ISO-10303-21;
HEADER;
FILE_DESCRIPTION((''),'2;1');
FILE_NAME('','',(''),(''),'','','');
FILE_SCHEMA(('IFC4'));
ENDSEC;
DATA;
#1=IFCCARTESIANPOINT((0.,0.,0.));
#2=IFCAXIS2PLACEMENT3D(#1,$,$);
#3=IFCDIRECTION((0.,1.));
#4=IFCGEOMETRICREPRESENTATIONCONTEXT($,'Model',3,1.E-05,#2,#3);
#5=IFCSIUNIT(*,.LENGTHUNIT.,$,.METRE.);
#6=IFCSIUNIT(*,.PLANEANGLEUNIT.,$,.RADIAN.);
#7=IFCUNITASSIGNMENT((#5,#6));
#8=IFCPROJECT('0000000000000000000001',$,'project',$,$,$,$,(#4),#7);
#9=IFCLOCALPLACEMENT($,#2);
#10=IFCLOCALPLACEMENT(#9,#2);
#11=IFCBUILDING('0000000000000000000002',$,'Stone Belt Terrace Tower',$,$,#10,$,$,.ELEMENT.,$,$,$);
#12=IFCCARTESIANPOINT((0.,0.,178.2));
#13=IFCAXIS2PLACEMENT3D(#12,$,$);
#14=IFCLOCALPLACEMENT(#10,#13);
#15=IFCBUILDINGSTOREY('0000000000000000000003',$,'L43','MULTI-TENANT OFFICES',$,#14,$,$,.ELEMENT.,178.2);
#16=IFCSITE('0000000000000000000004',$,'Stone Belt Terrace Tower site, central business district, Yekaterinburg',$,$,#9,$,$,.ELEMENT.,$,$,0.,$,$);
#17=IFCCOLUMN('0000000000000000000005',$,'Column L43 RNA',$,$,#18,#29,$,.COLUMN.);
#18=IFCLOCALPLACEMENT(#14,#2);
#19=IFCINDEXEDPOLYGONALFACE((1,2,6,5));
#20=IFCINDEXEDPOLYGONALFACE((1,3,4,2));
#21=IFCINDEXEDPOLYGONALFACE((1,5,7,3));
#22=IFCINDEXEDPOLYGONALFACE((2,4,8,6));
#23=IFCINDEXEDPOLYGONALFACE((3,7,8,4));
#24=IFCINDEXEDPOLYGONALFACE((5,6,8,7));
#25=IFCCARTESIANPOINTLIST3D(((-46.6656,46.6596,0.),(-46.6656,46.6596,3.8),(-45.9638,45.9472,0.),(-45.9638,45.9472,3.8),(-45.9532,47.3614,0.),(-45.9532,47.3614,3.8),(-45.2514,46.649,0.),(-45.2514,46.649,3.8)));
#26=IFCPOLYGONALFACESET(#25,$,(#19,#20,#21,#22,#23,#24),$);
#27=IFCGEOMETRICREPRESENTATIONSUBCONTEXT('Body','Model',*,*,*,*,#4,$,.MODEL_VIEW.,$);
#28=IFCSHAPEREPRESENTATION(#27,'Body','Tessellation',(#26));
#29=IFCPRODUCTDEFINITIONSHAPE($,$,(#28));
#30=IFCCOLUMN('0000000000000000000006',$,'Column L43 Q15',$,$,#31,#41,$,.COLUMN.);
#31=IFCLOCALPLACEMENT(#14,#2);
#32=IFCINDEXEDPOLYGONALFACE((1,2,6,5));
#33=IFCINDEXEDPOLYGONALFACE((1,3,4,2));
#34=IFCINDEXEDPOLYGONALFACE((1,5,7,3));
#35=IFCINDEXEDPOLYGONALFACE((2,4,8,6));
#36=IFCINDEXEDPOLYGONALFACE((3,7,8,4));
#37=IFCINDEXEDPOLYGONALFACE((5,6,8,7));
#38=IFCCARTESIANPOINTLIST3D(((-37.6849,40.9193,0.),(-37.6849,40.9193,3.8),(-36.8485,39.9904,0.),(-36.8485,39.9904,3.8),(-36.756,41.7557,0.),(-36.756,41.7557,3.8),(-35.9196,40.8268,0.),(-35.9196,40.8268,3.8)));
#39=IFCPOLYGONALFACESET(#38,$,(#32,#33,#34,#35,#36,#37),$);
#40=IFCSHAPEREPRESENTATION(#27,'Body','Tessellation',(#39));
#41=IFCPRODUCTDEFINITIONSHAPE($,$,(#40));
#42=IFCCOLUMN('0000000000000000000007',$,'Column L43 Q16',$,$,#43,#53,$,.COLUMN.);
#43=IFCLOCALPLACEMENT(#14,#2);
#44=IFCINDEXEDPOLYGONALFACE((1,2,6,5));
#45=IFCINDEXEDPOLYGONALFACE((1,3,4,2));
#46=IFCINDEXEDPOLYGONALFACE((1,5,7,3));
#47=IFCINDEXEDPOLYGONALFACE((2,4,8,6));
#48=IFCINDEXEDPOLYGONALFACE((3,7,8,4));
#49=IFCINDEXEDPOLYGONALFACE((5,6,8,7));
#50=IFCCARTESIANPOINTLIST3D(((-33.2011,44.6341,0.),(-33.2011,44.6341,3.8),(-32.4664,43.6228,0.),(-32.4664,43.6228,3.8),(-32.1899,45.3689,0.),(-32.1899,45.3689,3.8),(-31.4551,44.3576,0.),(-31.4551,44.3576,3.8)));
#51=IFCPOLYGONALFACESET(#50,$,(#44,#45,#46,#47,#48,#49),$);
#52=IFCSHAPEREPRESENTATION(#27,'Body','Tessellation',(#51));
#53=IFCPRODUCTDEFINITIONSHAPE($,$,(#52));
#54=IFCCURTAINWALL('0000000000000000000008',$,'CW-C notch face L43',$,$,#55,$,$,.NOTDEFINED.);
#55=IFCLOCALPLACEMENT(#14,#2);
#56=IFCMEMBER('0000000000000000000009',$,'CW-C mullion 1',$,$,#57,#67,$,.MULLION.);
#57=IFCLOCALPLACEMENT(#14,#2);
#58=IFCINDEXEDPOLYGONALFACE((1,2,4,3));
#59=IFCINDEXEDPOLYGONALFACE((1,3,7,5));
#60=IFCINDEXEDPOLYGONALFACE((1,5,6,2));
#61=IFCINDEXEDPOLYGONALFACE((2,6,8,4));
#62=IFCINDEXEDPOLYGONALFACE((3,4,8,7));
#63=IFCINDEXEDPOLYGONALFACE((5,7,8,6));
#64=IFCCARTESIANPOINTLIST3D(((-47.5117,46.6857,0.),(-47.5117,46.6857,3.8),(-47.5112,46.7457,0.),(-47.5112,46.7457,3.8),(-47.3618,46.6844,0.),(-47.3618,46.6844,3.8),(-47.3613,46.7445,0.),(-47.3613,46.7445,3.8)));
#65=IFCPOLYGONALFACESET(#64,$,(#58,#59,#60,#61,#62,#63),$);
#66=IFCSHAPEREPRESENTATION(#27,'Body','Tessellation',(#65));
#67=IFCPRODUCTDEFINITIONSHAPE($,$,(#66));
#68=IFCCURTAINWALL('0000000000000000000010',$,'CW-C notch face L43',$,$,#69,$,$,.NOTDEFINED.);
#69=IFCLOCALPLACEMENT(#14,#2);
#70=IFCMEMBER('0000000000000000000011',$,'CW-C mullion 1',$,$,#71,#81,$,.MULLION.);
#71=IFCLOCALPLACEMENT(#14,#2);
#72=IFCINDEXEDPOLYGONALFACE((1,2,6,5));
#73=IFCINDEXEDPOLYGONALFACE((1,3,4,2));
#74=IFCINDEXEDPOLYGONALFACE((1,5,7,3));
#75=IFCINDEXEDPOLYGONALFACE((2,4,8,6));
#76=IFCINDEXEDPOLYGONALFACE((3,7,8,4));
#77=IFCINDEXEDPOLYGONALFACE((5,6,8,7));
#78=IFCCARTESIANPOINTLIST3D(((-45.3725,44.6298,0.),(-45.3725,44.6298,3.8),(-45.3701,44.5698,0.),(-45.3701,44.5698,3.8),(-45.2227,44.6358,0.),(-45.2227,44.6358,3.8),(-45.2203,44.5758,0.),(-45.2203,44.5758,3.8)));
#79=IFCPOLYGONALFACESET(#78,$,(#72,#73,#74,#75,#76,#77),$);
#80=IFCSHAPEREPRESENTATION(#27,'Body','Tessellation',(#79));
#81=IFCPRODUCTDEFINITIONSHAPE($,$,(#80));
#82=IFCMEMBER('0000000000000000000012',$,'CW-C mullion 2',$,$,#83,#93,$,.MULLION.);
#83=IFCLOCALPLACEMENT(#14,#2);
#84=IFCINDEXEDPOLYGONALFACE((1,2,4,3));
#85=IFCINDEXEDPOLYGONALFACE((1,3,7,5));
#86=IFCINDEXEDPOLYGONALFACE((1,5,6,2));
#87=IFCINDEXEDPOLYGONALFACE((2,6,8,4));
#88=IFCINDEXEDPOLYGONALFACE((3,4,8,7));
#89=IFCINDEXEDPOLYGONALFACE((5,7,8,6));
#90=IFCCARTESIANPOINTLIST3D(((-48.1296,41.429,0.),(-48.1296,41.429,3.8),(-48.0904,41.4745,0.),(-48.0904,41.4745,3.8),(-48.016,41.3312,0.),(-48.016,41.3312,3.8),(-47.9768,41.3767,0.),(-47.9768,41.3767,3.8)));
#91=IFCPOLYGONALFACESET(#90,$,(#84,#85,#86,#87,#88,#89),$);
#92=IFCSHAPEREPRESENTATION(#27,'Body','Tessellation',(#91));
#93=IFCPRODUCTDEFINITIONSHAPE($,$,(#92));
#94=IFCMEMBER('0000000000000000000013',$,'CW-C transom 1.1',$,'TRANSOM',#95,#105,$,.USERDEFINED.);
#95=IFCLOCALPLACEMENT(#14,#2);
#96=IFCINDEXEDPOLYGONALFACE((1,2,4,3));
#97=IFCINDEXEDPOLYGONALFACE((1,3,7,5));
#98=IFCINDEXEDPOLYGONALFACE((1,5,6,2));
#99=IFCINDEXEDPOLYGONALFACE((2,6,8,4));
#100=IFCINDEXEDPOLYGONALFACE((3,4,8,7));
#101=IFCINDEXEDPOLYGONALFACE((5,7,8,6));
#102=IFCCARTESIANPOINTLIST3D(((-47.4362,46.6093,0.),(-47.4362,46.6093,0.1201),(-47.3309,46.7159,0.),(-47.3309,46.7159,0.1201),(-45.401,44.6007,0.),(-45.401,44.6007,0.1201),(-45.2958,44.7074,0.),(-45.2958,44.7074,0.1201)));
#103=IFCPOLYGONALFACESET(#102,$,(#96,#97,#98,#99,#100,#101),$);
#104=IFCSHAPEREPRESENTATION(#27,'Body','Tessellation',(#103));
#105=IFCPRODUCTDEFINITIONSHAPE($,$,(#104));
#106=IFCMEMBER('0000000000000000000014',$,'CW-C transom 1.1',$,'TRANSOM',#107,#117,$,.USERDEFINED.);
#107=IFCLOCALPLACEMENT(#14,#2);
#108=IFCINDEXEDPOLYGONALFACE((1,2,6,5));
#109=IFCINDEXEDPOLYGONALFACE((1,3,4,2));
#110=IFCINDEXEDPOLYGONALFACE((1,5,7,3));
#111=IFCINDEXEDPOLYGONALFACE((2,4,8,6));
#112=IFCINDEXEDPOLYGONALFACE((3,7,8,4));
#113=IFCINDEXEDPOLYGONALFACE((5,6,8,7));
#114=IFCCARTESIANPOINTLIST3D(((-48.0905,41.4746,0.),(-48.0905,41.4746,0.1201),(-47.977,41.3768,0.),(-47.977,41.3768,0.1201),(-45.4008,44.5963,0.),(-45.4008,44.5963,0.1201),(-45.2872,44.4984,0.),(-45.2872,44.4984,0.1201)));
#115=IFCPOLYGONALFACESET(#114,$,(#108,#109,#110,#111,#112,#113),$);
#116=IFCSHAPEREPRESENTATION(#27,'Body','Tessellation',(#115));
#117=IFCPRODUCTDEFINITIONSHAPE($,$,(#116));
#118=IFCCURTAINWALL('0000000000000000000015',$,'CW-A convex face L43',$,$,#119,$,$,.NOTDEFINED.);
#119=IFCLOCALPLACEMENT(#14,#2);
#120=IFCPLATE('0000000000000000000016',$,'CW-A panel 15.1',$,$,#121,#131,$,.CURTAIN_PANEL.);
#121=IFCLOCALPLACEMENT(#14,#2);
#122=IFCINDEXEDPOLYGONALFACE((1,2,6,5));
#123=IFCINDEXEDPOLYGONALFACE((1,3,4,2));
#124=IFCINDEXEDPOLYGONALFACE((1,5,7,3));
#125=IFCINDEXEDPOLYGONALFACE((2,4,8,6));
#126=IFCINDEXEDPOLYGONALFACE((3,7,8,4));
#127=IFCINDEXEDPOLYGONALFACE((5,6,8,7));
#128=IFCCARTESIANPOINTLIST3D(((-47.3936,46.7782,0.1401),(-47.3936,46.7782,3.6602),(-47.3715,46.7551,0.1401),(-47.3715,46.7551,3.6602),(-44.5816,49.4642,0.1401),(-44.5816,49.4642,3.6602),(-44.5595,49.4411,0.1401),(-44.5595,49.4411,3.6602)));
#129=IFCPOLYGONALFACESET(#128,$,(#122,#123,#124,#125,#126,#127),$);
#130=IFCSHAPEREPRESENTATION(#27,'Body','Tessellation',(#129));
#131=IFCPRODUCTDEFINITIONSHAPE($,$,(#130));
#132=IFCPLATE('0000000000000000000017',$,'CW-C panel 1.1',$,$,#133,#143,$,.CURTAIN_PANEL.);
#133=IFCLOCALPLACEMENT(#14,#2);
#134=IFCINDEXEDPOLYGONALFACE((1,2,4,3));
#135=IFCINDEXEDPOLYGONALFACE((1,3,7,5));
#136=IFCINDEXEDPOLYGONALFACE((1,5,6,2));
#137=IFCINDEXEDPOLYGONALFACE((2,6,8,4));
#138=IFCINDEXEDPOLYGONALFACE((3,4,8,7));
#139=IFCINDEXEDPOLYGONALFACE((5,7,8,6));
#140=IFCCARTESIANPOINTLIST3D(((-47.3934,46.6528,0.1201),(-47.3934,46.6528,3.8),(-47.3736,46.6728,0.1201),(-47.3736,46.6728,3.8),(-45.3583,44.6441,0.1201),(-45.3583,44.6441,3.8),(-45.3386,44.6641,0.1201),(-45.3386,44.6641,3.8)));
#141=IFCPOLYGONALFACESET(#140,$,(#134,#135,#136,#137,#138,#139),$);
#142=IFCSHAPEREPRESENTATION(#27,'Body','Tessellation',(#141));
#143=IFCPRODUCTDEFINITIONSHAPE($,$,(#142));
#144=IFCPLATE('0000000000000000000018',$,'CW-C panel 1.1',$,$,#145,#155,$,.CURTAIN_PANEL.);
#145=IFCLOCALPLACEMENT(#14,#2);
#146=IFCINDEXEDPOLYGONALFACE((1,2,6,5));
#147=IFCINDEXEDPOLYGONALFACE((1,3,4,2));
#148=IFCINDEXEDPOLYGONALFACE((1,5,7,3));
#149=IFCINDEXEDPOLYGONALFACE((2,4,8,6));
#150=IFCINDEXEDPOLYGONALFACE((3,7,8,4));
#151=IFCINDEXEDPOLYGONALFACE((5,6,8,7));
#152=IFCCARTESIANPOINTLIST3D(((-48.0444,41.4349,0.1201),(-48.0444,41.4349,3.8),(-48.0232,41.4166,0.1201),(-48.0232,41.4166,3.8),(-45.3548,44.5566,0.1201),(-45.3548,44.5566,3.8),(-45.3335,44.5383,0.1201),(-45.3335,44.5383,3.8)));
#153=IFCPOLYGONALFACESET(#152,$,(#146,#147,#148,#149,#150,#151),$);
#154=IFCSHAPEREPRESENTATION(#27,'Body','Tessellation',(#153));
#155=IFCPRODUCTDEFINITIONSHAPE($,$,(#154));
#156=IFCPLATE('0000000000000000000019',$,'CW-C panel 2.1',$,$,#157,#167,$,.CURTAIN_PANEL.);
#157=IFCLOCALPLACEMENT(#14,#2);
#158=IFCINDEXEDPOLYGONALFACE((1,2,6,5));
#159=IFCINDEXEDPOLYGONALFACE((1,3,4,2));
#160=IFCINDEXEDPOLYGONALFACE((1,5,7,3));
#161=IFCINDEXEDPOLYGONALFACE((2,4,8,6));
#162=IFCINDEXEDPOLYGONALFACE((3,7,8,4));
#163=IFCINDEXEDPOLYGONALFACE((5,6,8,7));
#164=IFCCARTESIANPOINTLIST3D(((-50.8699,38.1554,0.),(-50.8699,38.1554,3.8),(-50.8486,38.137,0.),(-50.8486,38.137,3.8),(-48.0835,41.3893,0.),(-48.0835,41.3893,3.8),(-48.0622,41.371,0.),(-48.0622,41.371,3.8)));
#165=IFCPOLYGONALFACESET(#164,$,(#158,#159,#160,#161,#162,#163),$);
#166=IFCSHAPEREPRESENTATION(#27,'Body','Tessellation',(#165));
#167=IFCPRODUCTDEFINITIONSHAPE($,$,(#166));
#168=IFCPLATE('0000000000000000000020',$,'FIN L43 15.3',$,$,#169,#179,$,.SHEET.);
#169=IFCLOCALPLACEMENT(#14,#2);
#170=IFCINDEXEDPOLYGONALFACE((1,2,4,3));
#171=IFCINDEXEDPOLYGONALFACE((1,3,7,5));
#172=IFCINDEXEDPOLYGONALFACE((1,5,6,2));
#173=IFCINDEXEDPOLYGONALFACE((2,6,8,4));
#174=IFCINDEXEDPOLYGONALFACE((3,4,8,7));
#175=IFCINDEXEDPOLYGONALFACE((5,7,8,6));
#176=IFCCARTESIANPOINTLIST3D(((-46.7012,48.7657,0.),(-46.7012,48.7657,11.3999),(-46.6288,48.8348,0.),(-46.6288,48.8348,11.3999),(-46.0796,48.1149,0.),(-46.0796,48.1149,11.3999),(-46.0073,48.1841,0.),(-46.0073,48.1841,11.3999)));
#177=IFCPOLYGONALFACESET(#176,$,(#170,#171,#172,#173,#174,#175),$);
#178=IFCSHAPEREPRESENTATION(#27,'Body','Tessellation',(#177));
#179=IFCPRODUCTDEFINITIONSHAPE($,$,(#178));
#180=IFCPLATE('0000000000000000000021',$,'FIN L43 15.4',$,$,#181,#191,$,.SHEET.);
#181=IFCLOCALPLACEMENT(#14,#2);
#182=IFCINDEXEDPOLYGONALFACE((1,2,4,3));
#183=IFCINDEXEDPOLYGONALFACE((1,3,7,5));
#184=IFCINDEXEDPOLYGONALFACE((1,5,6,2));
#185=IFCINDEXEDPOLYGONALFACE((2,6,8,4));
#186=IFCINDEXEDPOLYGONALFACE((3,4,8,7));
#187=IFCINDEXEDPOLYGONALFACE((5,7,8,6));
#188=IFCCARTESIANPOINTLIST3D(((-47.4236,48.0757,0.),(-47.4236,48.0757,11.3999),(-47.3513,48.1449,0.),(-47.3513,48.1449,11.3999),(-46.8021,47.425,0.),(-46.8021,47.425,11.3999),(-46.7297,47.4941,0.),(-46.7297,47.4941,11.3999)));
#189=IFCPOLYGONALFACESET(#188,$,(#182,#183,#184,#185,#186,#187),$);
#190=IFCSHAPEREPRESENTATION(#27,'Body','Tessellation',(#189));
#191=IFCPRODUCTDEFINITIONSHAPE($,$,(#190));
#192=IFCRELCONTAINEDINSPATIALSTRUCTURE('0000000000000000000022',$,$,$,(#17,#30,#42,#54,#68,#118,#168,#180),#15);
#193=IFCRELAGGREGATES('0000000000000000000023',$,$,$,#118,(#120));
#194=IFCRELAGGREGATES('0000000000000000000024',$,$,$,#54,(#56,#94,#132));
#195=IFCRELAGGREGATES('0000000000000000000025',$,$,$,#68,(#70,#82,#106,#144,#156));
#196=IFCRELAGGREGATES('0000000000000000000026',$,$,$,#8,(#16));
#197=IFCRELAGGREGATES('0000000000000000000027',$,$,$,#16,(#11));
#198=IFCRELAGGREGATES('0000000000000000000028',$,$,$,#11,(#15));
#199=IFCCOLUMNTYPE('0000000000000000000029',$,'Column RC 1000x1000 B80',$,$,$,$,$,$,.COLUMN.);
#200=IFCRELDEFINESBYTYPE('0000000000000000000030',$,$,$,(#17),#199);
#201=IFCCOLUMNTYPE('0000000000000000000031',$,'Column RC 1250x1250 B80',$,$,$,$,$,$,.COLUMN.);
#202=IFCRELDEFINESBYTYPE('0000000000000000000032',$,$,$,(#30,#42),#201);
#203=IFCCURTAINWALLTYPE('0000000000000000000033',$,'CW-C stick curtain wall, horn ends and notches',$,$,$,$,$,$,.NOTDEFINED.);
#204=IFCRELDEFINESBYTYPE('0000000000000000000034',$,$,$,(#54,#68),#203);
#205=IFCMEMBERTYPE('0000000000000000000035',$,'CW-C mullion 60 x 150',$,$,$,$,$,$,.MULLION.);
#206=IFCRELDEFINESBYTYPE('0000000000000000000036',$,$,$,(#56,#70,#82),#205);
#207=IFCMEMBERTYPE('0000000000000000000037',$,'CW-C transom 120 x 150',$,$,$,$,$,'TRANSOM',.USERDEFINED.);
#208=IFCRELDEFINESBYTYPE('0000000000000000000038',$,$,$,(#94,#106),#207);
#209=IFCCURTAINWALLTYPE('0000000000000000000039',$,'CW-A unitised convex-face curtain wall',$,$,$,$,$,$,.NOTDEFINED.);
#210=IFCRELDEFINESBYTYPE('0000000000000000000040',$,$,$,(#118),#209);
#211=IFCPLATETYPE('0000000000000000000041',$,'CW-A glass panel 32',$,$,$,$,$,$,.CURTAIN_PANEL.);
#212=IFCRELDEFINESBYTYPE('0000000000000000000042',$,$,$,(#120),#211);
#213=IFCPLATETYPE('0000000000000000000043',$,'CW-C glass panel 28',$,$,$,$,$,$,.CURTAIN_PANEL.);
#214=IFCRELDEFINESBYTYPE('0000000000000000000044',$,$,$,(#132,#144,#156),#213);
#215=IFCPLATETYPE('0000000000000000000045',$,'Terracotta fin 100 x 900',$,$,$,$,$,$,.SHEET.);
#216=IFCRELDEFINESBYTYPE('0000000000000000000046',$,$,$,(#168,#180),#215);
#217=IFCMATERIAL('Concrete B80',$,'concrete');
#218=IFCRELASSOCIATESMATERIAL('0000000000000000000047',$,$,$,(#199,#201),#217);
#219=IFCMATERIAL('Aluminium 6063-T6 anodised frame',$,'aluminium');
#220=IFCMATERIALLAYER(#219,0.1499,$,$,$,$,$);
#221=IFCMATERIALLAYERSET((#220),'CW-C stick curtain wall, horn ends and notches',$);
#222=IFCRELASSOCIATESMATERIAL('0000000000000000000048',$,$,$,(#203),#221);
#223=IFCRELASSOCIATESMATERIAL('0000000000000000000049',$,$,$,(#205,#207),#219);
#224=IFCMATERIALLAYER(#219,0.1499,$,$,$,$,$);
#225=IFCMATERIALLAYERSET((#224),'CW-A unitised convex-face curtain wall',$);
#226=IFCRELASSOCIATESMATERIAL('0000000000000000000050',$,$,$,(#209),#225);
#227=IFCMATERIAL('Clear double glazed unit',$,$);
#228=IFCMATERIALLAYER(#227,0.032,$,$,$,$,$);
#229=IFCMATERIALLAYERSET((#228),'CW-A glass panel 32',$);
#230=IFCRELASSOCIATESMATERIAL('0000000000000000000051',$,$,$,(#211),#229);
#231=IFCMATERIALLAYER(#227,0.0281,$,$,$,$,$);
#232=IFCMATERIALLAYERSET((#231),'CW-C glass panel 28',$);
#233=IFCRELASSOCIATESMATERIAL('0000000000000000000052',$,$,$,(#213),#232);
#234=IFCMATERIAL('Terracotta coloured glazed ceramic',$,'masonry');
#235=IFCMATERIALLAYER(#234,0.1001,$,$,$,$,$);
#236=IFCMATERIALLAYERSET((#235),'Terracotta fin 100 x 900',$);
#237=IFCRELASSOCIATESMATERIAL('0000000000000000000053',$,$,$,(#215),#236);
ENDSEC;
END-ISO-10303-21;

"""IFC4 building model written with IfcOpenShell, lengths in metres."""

from ifc_helpers import new_model, si_unit, direction, frame, origin, origin_2d, place, context, subcontext, project, spatial, rectangle, extrude, material, layer, layer_set, material_profile, profile_set, type_object, element, aggregate, save


model = new_model("IFC4")

# Units and contexts
model_context = context("Model", 3, precision=1e-05, world=origin(), true_north=direction((0.0, 1.0)))
body_context = subcontext(model_context, "Body", "Model", "MODEL_VIEW")
ifc_project = project(units=[si_unit("LENGTHUNIT", "METRE"), si_unit("PLANEANGLEUNIT", "RADIAN")], contexts=[model_context])

# Site, building, storey
site_placement = place(None, origin())
site = spatial("IfcSite", under=ifc_project, at=site_placement, Name="Stone Belt Terrace Tower site, central business district, Yekaterinburg", CompositionType="ELEMENT", RefElevation=0.0)
building_placement = place(site_placement, origin())
building = spatial("IfcBuilding", under=site, at=building_placement, Name="Stone Belt Terrace Tower", CompositionType="ELEMENT")
storey_placement = place(building_placement, frame((0.0, 0.0, 178.2)))
storey = spatial("IfcBuildingStorey", under=building, at=storey_placement, Name="L43", Description="MULTI-TENANT OFFICES", CompositionType="ELEMENT", Elevation=178.2)

# Columns
ifc_material_1 = material(Name="Concrete B80", Category="concrete")
ifc_material_profile_1 = material_profile(ifc_material_1, rectangle(XDim=1.0, YDim=1.0, at=origin_2d()), Name="RC 1000x1000")
ifc_profile_set_1 = profile_set([ifc_material_profile_1], Name="Concrete B80")
column_type_1 = type_object("IfcColumnType", Name="Column RC 1000x1000 B80", PredefinedType="COLUMN", material=ifc_profile_set_1)
column_placement = place(storey_placement, frame((-45.9585, 46.6543, 0.0), z_axis=(0.0, 0.0, 1.0), x_axis=(0.712398, 0.701775, 0.0)))
element("IfcColumn", 1, at=column_placement, inside=storey, type_object=column_type_1, Name="Column L43 RNA", PredefinedType="COLUMN", context=body_context, shape_type="SweptSolid", body=[
    extrude(rectangle(XDim=1.0, YDim=1.0, at=origin_2d()), origin(), (0.0, 0.0, 1.0), 3.8),
])
ifc_material_profile_2 = material_profile(ifc_material_1, rectangle(XDim=1.25, YDim=1.25, at=origin_2d()), Name="RC 1250x1250")
ifc_profile_set_2 = profile_set([ifc_material_profile_2], Name="Concrete B80")
column_type_2 = type_object("IfcColumnType", Name="Column RC 1250x1250 B80", PredefinedType="COLUMN", material=ifc_profile_set_2)
for number, where, z_axis, x_axis, name in (
    (2, (-36.8022, 40.873, 0.0), (0.0, 0.0, 1.0), (0.743145, 0.669131, 0.0), "Column L43 Q15"),
    (3, (-32.3281, 44.4958, 0.0), (0.0, 0.0, 1.0), (0.809017, 0.587785, 0.0), "Column L43 Q16"),
):
    element("IfcColumn", number, at=place(storey_placement, frame(where, z_axis=z_axis, x_axis=x_axis)), inside=storey, type_object=column_type_2, Name=name, PredefinedType="COLUMN", context=body_context, shape_type="SweptSolid", body=[
        extrude(rectangle(XDim=1.25, YDim=1.25, at=origin_2d()), origin(), (0.0, 0.0, 1.0), 3.8),
    ])

# Curtain wall, member
ifc_material_2 = material(Name="Aluminium 6063-T6 anodised frame", Category="aluminium")
ifc_layer_1 = layer(ifc_material_2, 0.1499)
ifc_layer_set_1 = layer_set([ifc_layer_1], Name="CW-C stick curtain wall, horn ends and notches")
curtain_wall_type_1 = type_object("IfcCurtainWallType", Name="CW-C stick curtain wall, horn ends and notches", PredefinedType="NOTDEFINED", material=ifc_layer_set_1)
curtain_wall_1_placement = place(storey_placement, origin())
curtain_wall_1 = element("IfcCurtainWall", 4, at=curtain_wall_1_placement, inside=storey, type_object=curtain_wall_type_1, Name="CW-C notch face L43", PredefinedType="NOTDEFINED")
ifc_material_profile_3 = material_profile(ifc_material_2, rectangle(XDim=0.1499, YDim=0.0601, at=origin_2d()), Name="Aluminium 6063-T6 60x150")
ifc_profile_set_3 = profile_set([ifc_material_profile_3], Name="Aluminium 6063-T6 anodised frame")
member_type_1 = type_object("IfcMemberType", Name="CW-C mullion 60 x 150", PredefinedType="MULLION", material=ifc_profile_set_3)
member_1_placement = place(storey_placement, frame((-47.4365, 46.7151, 0.0), z_axis=(0.0, 0.0, 1.0), x_axis=(0.999966, -0.008188, 0.0)))
member_1 = element("IfcMember", 5, at=member_1_placement, type_object=member_type_1, Name="CW-C mullion 1", PredefinedType="MULLION", context=body_context, shape_type="SweptSolid", body=[
    extrude(rectangle(XDim=0.1499, YDim=0.0601, at=origin_2d()), origin(), (0.0, 0.0, 1.0), 3.8),
])

# Curtain wall, members
curtain_wall_2_placement = place(storey_placement, origin())
curtain_wall_2 = element("IfcCurtainWall", 6, at=curtain_wall_2_placement, inside=storey, type_object=curtain_wall_type_1, Name="CW-C notch face L43", PredefinedType="NOTDEFINED")
member_2_placement = place(storey_placement, frame((-45.2964, 44.6028, 0.0), z_axis=(0.0, 0.0, 1.0), x_axis=(0.999185, 0.04036, 0.0)))
member_2 = element("IfcMember", 7, at=member_2_placement, type_object=member_type_1, Name="CW-C mullion 1", PredefinedType="MULLION", context=body_context, shape_type="SweptSolid", body=[
    extrude(rectangle(XDim=0.1499, YDim=0.0601, at=origin_2d()), origin(), (0.0, 0.0, 1.0), 3.8),
])
member_3_placement = place(storey_placement, frame((-48.0532, 41.4028, 0.0), z_axis=(0.0, 0.0, 1.0), x_axis=(0.757584, -0.652738, 0.0)))
member_3 = element("IfcMember", 8, at=member_3_placement, type_object=member_type_1, Name="CW-C mullion 2", PredefinedType="MULLION", context=body_context, shape_type="SweptSolid", body=[
    extrude(rectangle(XDim=0.1499, YDim=0.0601, at=origin_2d()), origin(), (0.0, 0.0, 1.0), 3.8),
])

# Members
ifc_material_profile_4 = material_profile(ifc_material_2, rectangle(XDim=0.1499, YDim=0.1201, at=origin_2d()), Name="Aluminium 6063-T6 150x120")
ifc_profile_set_4 = profile_set([ifc_material_profile_4], Name="Aluminium 6063-T6 anodised frame")
member_type_2 = type_object("IfcMemberType", Name="CW-C transom 120 x 150", ElementType="TRANSOM", PredefinedType="USERDEFINED", material=ifc_profile_set_4)
member_4_placement = place(storey_placement, frame((-47.3835, 46.6626, 0.0601), z_axis=(0.711745, -0.702438, 0.0), x_axis=(0.702438, 0.711745, 0.0)))
member_4 = element("IfcMember", 9, at=member_4_placement, type_object=member_type_2, Name="CW-C transom 1.1", ObjectType="TRANSOM", PredefinedType="USERDEFINED", context=body_context, shape_type="SweptSolid", body=[
    extrude(rectangle(XDim=0.1499, YDim=0.1201, at=origin_2d()), origin(), (0.0, 0.0, 1.0), 2.8594),
])
member_5_placement = place(storey_placement, frame((-45.344, 44.5474, 0.0601), z_axis=(-0.652756, -0.757569, 0.0), x_axis=(0.757569, -0.652756, 0.0)))
member_5 = element("IfcMember", 10, at=member_5_placement, type_object=member_type_2, Name="CW-C transom 1.1", ObjectType="TRANSOM", PredefinedType="USERDEFINED", context=body_context, shape_type="SweptSolid", body=[
    extrude(rectangle(XDim=0.1499, YDim=0.1201, at=origin_2d()), origin(), (0.0, 0.0, 1.0), 4.1206),
])

# Curtain wall, plate
ifc_layer_2 = layer(ifc_material_2, 0.1499)
ifc_layer_set_2 = layer_set([ifc_layer_2], Name="CW-A unitised convex-face curtain wall")
curtain_wall_type_2 = type_object("IfcCurtainWallType", Name="CW-A unitised convex-face curtain wall", PredefinedType="NOTDEFINED", material=ifc_layer_set_2)
curtain_wall_3_placement = place(storey_placement, origin())
curtain_wall_3 = element("IfcCurtainWall", 11, at=curtain_wall_3_placement, inside=storey, type_object=curtain_wall_type_2, Name="CW-A convex face L43", PredefinedType="NOTDEFINED")
ifc_material_3 = material(Name="Clear double glazed unit")
ifc_layer_3 = layer(ifc_material_3, 0.032)
ifc_layer_set_3 = layer_set([ifc_layer_3], Name="CW-A glass panel 32")
plate_type_1 = type_object("IfcPlateType", Name="CW-A glass panel 32", PredefinedType="CURTAIN_PANEL", material=ifc_layer_set_3)
plate_1_placement = place(storey_placement, frame((-45.9766, 48.1096, 0.1401), z_axis=(0.0, 0.0, 1.0), x_axis=(-0.723121, -0.690721, 0.0)))
plate_1 = element("IfcPlate", 12, at=plate_1_placement, type_object=plate_type_1, Name="CW-A panel 15.1", PredefinedType="CURTAIN_PANEL", context=body_context, shape_type="SweptSolid", body=[
    extrude(rectangle(XDim=3.8887, YDim=0.032, at=origin_2d()), origin(), (0.0, 0.0, 1.0), 3.52),
])
aggregate(curtain_wall_3, [plate_1])

# Plates
ifc_layer_4 = layer(ifc_material_3, 0.0281)
ifc_layer_set_4 = layer_set([ifc_layer_4], Name="CW-C glass panel 28")
plate_type_2 = type_object("IfcPlateType", Name="CW-C glass panel 28", PredefinedType="CURTAIN_PANEL", material=ifc_layer_set_4)
plate_2_placement = place(storey_placement, frame((-46.366, 45.6584, 0.1201), z_axis=(0.0, 0.0, 1.0), x_axis=(0.711713, -0.70247, 0.0)))
plate_2 = element("IfcPlate", 13, at=plate_2_placement, type_object=plate_type_2, Name="CW-C panel 1.1", PredefinedType="CURTAIN_PANEL", context=body_context, shape_type="SweptSolid", body=[
    extrude(rectangle(XDim=2.8594, YDim=0.0281, at=origin_2d()), origin(), (0.0, 0.0, 1.0), 3.6799),
])
aggregate(curtain_wall_1, [member_1, member_4, plate_2])
plate_3_placement = place(storey_placement, frame((-46.689, 42.9866, 0.1201), z_axis=(0.0, 0.0, 1.0), x_axis=(-0.652738, -0.757584, 0.0)))
plate_3 = element("IfcPlate", 14, at=plate_3_placement, type_object=plate_type_2, Name="CW-C panel 1.1", PredefinedType="CURTAIN_PANEL", context=body_context, shape_type="SweptSolid", body=[
    extrude(rectangle(XDim=4.1206, YDim=0.0281, at=origin_2d()), origin(), (0.0, 0.0, 1.0), 3.6799),
])
plate_4_placement = place(storey_placement, frame((-49.4661, 39.7632, 0.0), z_axis=(0.0, 0.0, 1.0), x_axis=(-0.652738, -0.757584, 0.0)))
plate_4 = element("IfcPlate", 15, at=plate_4_placement, type_object=plate_type_2, Name="CW-C panel 2.1", PredefinedType="CURTAIN_PANEL", context=body_context, shape_type="SweptSolid", body=[
    extrude(rectangle(XDim=4.2688, YDim=0.0281, at=origin_2d()), origin(), (0.0, 0.0, 1.0), 3.8),
])
aggregate(curtain_wall_2, [member_2, member_3, member_5, plate_3, plate_4])

# Plates
ifc_material_4 = material(Name="Terracotta coloured glazed ceramic", Category="masonry")
ifc_layer_5 = layer(ifc_material_4, 0.1001)
ifc_layer_set_5 = layer_set([ifc_layer_5], Name="Terracotta fin 100 x 900")
plate_type_3 = type_object("IfcPlateType", Name="Terracotta fin 100 x 900", PredefinedType="SHEET", material=ifc_layer_set_5)
for number, where, z_axis, x_axis, name in (
    (16, (-46.3542, 48.4749, 0.0), (0.0, 0.0, 1.0), (-0.690721, 0.723121, 0.0), "FIN L43 15.3"),
    (17, (-47.0767, 47.7849, 0.0), (0.0, 0.0, 1.0), (-0.690721, 0.723121, 0.0), "FIN L43 15.4"),
):
    element("IfcPlate", number, at=place(storey_placement, frame(where, z_axis=z_axis, x_axis=x_axis)), inside=storey, type_object=plate_type_3, Name=name, PredefinedType="SHEET", context=body_context, shape_type="SweptSolid", body=[
        extrude(rectangle(XDim=0.8999, YDim=0.1001, at=origin_2d()), origin(), (0.0, 0.0, 1.0), 11.3999),
    ])

save(model, "model.ifc")
